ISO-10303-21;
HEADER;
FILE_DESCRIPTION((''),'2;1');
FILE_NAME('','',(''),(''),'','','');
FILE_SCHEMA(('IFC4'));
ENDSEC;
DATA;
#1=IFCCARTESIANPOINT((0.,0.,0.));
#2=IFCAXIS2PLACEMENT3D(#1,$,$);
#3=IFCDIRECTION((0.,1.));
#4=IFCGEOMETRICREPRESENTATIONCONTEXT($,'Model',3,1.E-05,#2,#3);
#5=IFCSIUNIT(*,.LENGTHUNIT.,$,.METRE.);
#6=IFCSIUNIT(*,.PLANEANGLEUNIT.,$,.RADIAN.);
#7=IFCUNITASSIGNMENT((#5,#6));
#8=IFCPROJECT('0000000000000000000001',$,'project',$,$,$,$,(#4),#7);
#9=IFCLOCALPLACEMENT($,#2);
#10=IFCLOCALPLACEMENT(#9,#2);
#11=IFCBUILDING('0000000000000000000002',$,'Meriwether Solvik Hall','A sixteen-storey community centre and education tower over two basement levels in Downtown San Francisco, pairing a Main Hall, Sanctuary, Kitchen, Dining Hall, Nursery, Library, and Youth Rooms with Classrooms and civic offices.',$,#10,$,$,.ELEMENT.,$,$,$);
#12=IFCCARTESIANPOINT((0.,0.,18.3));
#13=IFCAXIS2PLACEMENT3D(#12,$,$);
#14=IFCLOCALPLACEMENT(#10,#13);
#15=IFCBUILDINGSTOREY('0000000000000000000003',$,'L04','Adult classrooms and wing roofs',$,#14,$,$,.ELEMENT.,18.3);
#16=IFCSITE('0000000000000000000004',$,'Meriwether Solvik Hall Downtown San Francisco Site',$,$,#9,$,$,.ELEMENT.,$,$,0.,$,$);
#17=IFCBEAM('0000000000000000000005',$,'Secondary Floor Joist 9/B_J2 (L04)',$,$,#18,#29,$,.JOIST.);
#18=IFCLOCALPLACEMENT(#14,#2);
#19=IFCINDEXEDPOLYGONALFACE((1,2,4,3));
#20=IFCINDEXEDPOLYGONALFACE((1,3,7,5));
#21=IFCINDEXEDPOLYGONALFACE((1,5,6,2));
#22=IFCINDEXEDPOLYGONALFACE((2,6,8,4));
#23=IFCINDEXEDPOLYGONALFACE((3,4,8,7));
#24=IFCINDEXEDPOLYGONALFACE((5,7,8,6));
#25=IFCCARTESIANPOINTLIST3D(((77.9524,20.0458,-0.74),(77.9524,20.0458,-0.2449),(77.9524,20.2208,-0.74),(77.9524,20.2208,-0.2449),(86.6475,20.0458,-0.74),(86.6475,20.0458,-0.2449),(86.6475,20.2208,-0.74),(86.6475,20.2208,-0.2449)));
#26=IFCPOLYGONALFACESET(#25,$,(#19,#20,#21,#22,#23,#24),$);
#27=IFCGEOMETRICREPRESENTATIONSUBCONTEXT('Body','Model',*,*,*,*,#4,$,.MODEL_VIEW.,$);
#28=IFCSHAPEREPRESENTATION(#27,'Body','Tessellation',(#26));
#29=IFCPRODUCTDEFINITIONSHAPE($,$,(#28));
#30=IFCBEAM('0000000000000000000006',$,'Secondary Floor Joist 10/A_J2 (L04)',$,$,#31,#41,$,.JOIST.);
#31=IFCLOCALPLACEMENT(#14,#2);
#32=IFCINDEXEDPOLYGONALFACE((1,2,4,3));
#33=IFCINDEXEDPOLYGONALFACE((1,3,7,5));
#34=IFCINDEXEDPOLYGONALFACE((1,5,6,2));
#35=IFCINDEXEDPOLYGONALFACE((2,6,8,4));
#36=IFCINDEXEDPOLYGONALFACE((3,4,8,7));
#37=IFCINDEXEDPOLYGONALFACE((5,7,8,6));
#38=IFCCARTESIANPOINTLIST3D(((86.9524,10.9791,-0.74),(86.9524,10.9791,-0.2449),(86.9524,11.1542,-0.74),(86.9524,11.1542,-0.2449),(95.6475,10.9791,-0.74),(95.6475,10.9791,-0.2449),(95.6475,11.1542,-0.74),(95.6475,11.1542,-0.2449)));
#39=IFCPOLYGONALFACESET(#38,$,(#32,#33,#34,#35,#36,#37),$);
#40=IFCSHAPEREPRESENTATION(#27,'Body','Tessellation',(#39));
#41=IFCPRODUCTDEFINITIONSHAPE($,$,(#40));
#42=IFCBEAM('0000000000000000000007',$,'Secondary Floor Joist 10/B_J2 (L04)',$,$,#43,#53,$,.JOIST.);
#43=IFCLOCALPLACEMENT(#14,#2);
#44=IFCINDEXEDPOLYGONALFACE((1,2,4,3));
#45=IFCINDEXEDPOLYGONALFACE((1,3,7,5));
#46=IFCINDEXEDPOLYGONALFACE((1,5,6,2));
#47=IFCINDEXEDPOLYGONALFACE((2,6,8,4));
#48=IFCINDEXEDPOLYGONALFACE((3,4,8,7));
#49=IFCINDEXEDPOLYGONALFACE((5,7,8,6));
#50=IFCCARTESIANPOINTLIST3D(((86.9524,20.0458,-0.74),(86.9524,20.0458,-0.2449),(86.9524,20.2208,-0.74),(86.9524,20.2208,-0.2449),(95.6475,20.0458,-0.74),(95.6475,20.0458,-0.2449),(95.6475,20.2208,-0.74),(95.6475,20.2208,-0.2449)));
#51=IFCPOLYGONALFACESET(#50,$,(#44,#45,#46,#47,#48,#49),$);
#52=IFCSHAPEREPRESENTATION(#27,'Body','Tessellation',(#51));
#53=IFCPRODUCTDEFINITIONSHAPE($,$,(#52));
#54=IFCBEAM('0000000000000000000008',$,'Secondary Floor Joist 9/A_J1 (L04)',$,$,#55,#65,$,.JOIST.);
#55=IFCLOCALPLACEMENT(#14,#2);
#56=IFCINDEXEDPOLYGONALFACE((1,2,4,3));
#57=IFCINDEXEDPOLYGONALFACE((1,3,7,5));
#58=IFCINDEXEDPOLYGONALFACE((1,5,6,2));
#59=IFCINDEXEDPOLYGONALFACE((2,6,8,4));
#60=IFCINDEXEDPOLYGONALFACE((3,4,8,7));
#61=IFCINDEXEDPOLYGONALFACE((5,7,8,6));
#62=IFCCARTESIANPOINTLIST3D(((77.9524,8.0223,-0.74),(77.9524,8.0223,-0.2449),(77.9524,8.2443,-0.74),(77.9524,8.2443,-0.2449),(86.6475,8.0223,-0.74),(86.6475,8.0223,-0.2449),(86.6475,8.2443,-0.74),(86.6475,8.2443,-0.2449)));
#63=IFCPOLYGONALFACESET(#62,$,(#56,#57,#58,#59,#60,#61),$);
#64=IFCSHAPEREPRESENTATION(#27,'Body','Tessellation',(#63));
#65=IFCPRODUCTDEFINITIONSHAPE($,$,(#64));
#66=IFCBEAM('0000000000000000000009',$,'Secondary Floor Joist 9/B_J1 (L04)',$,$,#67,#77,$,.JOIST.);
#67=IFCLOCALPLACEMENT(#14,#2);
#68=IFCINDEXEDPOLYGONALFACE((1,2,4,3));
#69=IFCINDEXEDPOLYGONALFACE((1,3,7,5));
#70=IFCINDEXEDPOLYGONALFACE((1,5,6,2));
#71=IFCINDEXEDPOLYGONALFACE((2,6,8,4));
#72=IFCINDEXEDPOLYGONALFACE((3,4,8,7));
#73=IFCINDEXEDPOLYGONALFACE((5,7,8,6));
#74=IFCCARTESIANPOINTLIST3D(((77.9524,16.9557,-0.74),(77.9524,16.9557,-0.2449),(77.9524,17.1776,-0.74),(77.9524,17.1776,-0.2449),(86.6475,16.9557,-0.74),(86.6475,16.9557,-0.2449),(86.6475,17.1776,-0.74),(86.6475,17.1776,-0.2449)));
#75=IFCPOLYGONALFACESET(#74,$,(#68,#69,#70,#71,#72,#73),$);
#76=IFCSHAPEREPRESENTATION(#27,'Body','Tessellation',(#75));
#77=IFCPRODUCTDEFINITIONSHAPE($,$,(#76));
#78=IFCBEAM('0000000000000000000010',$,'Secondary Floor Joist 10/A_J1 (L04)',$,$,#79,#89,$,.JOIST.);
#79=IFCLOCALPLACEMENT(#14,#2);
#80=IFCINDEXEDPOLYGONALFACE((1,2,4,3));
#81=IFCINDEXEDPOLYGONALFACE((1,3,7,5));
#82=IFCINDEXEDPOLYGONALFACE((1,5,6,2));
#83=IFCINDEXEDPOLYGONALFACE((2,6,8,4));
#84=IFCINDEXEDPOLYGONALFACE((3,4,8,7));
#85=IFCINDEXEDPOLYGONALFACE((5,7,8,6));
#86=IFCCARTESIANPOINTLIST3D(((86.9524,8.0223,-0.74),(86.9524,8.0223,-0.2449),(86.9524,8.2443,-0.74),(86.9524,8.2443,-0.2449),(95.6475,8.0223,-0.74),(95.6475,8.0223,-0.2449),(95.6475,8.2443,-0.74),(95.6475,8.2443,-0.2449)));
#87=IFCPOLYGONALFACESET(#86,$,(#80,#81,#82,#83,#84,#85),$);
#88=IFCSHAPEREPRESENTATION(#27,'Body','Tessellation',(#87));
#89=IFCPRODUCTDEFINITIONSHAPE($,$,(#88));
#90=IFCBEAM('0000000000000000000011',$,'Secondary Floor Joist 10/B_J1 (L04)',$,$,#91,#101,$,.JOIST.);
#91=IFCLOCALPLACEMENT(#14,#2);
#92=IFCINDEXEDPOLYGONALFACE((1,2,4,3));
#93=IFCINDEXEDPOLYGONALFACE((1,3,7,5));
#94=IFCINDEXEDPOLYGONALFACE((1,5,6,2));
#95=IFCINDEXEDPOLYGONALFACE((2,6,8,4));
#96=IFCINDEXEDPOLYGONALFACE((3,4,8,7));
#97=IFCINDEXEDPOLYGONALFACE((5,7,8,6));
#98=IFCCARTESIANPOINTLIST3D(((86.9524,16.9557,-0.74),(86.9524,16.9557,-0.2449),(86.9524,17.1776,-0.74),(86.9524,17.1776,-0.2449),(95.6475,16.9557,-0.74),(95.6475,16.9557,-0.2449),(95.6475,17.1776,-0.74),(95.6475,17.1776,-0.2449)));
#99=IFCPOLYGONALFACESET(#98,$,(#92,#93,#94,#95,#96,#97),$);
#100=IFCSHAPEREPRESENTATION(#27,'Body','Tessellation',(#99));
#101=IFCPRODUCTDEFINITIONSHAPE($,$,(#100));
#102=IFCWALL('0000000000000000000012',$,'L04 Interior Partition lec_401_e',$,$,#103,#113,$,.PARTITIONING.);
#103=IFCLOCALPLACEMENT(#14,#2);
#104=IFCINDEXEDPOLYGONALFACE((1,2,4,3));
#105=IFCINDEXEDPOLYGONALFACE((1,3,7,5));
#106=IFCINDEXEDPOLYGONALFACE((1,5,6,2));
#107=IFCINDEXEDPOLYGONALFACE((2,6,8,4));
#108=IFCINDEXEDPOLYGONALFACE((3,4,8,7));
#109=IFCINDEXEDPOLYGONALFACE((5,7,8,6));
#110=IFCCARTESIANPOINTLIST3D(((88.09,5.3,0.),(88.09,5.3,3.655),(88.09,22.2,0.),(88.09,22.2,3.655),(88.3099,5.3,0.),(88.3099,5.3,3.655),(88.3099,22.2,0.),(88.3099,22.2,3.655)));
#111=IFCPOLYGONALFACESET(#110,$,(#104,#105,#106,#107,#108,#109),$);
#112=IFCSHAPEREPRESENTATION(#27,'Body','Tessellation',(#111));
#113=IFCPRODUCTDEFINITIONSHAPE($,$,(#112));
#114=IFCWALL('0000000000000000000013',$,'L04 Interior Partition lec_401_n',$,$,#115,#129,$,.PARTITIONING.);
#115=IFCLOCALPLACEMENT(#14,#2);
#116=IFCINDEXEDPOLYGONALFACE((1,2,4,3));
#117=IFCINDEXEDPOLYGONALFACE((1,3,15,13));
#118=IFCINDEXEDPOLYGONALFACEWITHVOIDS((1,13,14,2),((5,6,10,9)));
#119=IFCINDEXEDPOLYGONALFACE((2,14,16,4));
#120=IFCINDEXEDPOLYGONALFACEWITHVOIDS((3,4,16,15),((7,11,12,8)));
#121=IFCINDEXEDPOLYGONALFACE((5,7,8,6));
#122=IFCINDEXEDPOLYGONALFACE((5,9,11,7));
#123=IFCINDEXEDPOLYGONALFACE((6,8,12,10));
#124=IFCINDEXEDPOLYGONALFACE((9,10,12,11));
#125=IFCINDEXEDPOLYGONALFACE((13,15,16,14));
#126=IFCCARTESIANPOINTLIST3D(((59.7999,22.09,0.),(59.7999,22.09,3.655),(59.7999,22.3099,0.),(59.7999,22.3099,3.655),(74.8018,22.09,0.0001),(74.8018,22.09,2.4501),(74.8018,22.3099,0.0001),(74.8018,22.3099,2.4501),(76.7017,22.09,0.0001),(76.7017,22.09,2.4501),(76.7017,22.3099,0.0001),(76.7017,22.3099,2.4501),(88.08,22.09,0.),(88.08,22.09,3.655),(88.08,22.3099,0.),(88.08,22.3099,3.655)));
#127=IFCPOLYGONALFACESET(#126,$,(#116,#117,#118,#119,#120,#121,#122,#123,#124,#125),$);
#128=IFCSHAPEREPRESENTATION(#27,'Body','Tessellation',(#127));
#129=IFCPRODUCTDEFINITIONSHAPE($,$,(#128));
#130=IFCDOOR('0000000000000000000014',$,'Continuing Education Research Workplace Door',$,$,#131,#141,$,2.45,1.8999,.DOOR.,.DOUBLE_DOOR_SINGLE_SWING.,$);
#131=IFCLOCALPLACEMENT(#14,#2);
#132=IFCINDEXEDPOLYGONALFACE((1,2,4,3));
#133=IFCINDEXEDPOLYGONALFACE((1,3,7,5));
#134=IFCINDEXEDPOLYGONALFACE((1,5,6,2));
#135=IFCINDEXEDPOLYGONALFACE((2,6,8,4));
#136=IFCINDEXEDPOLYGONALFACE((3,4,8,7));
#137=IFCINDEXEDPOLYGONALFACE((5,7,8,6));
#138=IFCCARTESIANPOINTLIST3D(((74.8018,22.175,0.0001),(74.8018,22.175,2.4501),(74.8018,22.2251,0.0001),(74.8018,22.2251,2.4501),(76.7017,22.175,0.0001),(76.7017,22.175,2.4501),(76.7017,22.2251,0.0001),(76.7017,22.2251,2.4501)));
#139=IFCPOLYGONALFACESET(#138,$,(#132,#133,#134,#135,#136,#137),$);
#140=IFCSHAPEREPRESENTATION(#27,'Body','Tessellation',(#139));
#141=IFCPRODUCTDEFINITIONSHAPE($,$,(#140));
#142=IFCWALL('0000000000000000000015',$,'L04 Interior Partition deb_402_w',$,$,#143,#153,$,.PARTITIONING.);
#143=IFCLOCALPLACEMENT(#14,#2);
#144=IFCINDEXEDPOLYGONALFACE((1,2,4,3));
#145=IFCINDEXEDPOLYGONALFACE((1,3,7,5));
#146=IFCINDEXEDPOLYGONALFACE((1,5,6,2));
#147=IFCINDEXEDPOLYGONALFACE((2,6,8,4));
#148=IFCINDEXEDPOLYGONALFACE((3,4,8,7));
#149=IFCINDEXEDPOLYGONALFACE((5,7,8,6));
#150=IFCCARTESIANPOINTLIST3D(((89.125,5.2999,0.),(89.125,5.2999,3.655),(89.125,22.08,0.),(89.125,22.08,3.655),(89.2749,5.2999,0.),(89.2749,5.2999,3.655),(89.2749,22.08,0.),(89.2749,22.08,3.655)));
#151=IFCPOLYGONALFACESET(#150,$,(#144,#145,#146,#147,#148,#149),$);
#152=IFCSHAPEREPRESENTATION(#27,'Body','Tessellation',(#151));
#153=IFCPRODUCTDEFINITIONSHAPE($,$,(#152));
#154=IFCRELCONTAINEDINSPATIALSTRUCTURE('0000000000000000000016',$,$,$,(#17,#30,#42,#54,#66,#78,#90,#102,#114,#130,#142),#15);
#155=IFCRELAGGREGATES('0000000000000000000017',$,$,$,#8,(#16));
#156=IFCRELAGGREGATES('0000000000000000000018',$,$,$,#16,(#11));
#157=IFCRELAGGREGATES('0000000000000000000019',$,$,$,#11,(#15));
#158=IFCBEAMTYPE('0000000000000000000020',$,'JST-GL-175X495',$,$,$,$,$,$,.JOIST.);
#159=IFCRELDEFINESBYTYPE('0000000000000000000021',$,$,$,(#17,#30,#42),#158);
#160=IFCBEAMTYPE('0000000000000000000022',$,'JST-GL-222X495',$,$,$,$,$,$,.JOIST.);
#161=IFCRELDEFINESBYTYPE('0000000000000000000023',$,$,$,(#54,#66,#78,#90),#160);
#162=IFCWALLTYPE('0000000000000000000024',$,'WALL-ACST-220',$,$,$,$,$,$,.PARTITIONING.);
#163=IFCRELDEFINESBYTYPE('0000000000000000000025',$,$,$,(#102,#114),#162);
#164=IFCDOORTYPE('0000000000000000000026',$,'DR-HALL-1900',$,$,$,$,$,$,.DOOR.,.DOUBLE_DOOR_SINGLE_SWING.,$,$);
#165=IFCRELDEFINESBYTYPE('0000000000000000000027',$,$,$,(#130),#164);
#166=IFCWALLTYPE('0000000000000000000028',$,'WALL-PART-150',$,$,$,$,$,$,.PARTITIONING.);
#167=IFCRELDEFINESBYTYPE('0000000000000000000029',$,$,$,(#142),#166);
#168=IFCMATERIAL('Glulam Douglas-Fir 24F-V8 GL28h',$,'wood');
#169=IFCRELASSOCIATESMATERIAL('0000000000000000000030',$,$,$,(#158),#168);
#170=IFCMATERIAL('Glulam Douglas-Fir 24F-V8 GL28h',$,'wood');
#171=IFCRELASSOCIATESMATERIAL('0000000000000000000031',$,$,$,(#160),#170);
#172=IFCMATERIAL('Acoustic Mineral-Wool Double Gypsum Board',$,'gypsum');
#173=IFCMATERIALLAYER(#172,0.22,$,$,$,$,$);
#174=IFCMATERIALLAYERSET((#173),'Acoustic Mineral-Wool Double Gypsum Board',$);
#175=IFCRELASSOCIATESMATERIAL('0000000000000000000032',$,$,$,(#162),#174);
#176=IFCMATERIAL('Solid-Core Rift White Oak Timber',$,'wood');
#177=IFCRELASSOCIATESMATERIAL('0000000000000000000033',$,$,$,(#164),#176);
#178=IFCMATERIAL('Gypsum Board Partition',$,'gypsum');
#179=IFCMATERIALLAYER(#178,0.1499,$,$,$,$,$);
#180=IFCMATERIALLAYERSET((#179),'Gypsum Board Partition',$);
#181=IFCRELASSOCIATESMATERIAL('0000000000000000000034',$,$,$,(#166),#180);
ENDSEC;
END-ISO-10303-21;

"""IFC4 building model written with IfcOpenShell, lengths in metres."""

from ifc_helpers import new_model, si_unit, direction, frame, frame_2d, origin, origin_2d, place, context, subcontext, project, spatial, rectangle, extrude, material, layer, layer_set, material_profile, profile_set, type_object, element, fill, save


model = new_model("IFC4")

# Units and contexts
model_context = context("Model", 3, precision=1e-05, world=origin(), true_north=direction((0.0, 1.0)))
body_context = subcontext(model_context, "Body", "Model", "MODEL_VIEW")
ifc_project = project(units=[si_unit("LENGTHUNIT", "METRE"), si_unit("PLANEANGLEUNIT", "RADIAN")], contexts=[model_context])

# Site, building, storey
site_placement = place(None, origin())
site = spatial("IfcSite", under=ifc_project, at=site_placement, Name="Meriwether Solvik Hall Downtown San Francisco Site", CompositionType="ELEMENT", RefElevation=0.0)
building_placement = place(site_placement, origin())
building = spatial("IfcBuilding", under=site, at=building_placement, Name="Meriwether Solvik Hall", Description="A sixteen-storey community centre and education tower over two basement levels in Downtown San Francisco, pairing a Main Hall, Sanctuary, Kitchen, Dining Hall, Nursery, Library, and Youth Rooms with Classrooms and civic offices.", CompositionType="ELEMENT")
storey_placement = place(building_placement, frame((0.0, 0.0, 18.3)))
storey = spatial("IfcBuildingStorey", under=building, at=storey_placement, Name="L04", Description="Adult classrooms and wing roofs", CompositionType="ELEMENT", Elevation=18.3)

# Beams
ifc_material_1 = material(Name="Glulam Douglas-Fir 24F-V8 GL28h", Category="wood")
ifc_material_profile_1 = material_profile(ifc_material_1, rectangle(XDim=0.175, YDim=0.4951, at=origin_2d()), Name="GLJ-175X495")
ifc_profile_set_1 = profile_set([ifc_material_profile_1], Name="Glulam Douglas-Fir 24F-V8 GL28h")
beam_type_1 = type_object("IfcBeamType", Name="JST-GL-175X495", PredefinedType="JOIST", material=ifc_profile_set_1)
for number, where, z_axis, x_axis, name in (
    (1, (77.9524, 20.1333, -0.4924), (1.0, 0.0, 0.0), (0.0, 1.0, 0.0), "Secondary Floor Joist 9/B_J2 (L04)"),
    (2, (86.9524, 11.0667, -0.4924), (1.0, 0.0, 0.0), (0.0, 1.0, 0.0), "Secondary Floor Joist 10/A_J2 (L04)"),
    (3, (86.9524, 20.1333, -0.4924), (1.0, 0.0, 0.0), (0.0, 1.0, 0.0), "Secondary Floor Joist 10/B_J2 (L04)"),
):
    element("IfcBeam", number, at=place(storey_placement, frame(where, z_axis=z_axis, x_axis=x_axis)), inside=storey, type_object=beam_type_1, Name=name, PredefinedType="JOIST", context=body_context, shape_type="SweptSolid", body=[
        extrude(rectangle(XDim=0.175, YDim=0.4951, at=origin_2d()), origin(), (0.0, 0.0, 1.0), 8.6951),
    ])
ifc_material_2 = material(Name="Glulam Douglas-Fir 24F-V8 GL28h", Category="wood")
ifc_material_profile_2 = material_profile(ifc_material_2, rectangle(XDim=0.2219, YDim=0.4951, at=origin_2d()), Name="GLJ-222X495")
ifc_profile_set_2 = profile_set([ifc_material_profile_2], Name="Glulam Douglas-Fir 24F-V8 GL28h")
beam_type_2 = type_object("IfcBeamType", Name="JST-GL-222X495", PredefinedType="JOIST", material=ifc_profile_set_2)
for number, where, z_axis, x_axis, name in (
    (4, (77.9524, 8.1333, -0.4924), (1.0, 0.0, 0.0), (0.0, 1.0, 0.0), "Secondary Floor Joist 9/A_J1 (L04)"),
    (5, (77.9524, 17.0667, -0.4924), (1.0, 0.0, 0.0), (0.0, 1.0, 0.0), "Secondary Floor Joist 9/B_J1 (L04)"),
    (6, (86.9524, 8.1333, -0.4924), (1.0, 0.0, 0.0), (0.0, 1.0, 0.0), "Secondary Floor Joist 10/A_J1 (L04)"),
    (7, (86.9524, 17.0667, -0.4924), (1.0, 0.0, 0.0), (0.0, 1.0, 0.0), "Secondary Floor Joist 10/B_J1 (L04)"),
):
    element("IfcBeam", number, at=place(storey_placement, frame(where, z_axis=z_axis, x_axis=x_axis)), inside=storey, type_object=beam_type_2, Name=name, PredefinedType="JOIST", context=body_context, shape_type="SweptSolid", body=[
        extrude(rectangle(XDim=0.2219, YDim=0.4951, at=origin_2d()), origin(), (0.0, 0.0, 1.0), 8.6951),
    ])

# Wall
ifc_material_3 = material(Name="Acoustic Mineral-Wool Double Gypsum Board", Category="gypsum")
ifc_layer_1 = layer(ifc_material_3, 0.22)
ifc_layer_set_1 = layer_set([ifc_layer_1], Name="Acoustic Mineral-Wool Double Gypsum Board")
wall_type_1 = type_object("IfcWallType", Name="WALL-ACST-220", PredefinedType="PARTITIONING", material=ifc_layer_set_1)
wall_1_placement = place(storey_placement, frame((88.2, 5.3, 0.0), z_axis=(0.0, 0.0, 1.0), x_axis=(0.0, 1.0, 0.0)))
element("IfcWall", 8, at=wall_1_placement, inside=storey, type_object=wall_type_1, Name="L04 Interior Partition lec_401_e", PredefinedType="PARTITIONING", context=body_context, shape_type="SweptSolid", body=[
    extrude(rectangle(XDim=16.8999, YDim=0.22, at=frame_2d((8.45, 0.0))), origin(), (0.0, 0.0, 1.0), 3.655),
])

# Wall, opening, door
wall_2_placement = place(storey_placement, frame((88.0801, 22.2, 0.0), z_axis=(0.0, 0.0, 1.0), x_axis=(-1.0, 0.0, 0.0)))
wall_2 = element("IfcWall", 9, at=wall_2_placement, inside=storey, type_object=wall_type_1, Name="L04 Interior Partition lec_401_n", PredefinedType="PARTITIONING", context=body_context, shape_type="SweptSolid", body=[
    extrude(rectangle(XDim=28.28, YDim=0.22, at=frame_2d((14.1401, 0.0))), origin(), (0.0, 0.0, 1.0), 3.655),
])
opening_placement = place(wall_2_placement, frame((11.3784, 0.0, 0.0)))
opening = element("IfcOpeningElement", 10, at=opening_placement, cuts=wall_2, PredefinedType="OPENING", context=body_context, shape_type="SweptSolid", body=[
    extrude(rectangle(XDim=1.8999, YDim=2.45, at=frame_2d((0.95, 1.2251))), frame((0.0, 0.1221, 0.0), z_axis=(0.0, -1.0, 0.0), x_axis=(1.0, 0.0, 0.0)), (0.0, 0.0, 1.0), 0.2439),
])
ifc_material_4 = material(Name="Solid-Core Rift White Oak Timber", Category="wood")
door_type = type_object("IfcDoorType", Name="DR-HALL-1900", OperationType="DOUBLE_DOOR_SINGLE_SWING", PredefinedType="DOOR", material=ifc_material_4)
door_placement = place(opening_placement, origin())
door = element("IfcDoor", 11, at=door_placement, inside=storey, type_object=door_type, Name="Continuing Education Research Workplace Door", OperationType="DOUBLE_DOOR_SINGLE_SWING", OverallHeight=2.45, OverallWidth=1.8999, PredefinedType="DOOR", context=body_context, shape_type="SweptSolid", body=[
    extrude(rectangle(XDim=1.8999, YDim=2.45, at=frame_2d((0.95, 1.2251))), frame((0.0, 0.0249, 0.0), z_axis=(0.0, -1.0, 0.0), x_axis=(1.0, 0.0, 0.0)), (0.0, 0.0, 1.0), 0.05),
])
fill(opening, door)

# Wall
ifc_material_5 = material(Name="Gypsum Board Partition", Category="gypsum")
ifc_layer_2 = layer(ifc_material_5, 0.1499)
ifc_layer_set_2 = layer_set([ifc_layer_2], Name="Gypsum Board Partition")
wall_type_2 = type_object("IfcWallType", Name="WALL-PART-150", PredefinedType="PARTITIONING", material=ifc_layer_set_2)
wall_3_placement = place(storey_placement, frame((89.2, 22.0801, 0.0), z_axis=(0.0, 0.0, 1.0), x_axis=(0.0, -1.0, 0.0)))
element("IfcWall", 12, at=wall_3_placement, inside=storey, type_object=wall_type_2, Name="L04 Interior Partition deb_402_w", PredefinedType="PARTITIONING", context=body_context, shape_type="SweptSolid", body=[
    extrude(rectangle(XDim=16.78, YDim=0.1499, at=frame_2d((8.3901, 0.0))), origin(), (0.0, 0.0, 1.0), 3.655),
])

save(model, "model.ifc")
